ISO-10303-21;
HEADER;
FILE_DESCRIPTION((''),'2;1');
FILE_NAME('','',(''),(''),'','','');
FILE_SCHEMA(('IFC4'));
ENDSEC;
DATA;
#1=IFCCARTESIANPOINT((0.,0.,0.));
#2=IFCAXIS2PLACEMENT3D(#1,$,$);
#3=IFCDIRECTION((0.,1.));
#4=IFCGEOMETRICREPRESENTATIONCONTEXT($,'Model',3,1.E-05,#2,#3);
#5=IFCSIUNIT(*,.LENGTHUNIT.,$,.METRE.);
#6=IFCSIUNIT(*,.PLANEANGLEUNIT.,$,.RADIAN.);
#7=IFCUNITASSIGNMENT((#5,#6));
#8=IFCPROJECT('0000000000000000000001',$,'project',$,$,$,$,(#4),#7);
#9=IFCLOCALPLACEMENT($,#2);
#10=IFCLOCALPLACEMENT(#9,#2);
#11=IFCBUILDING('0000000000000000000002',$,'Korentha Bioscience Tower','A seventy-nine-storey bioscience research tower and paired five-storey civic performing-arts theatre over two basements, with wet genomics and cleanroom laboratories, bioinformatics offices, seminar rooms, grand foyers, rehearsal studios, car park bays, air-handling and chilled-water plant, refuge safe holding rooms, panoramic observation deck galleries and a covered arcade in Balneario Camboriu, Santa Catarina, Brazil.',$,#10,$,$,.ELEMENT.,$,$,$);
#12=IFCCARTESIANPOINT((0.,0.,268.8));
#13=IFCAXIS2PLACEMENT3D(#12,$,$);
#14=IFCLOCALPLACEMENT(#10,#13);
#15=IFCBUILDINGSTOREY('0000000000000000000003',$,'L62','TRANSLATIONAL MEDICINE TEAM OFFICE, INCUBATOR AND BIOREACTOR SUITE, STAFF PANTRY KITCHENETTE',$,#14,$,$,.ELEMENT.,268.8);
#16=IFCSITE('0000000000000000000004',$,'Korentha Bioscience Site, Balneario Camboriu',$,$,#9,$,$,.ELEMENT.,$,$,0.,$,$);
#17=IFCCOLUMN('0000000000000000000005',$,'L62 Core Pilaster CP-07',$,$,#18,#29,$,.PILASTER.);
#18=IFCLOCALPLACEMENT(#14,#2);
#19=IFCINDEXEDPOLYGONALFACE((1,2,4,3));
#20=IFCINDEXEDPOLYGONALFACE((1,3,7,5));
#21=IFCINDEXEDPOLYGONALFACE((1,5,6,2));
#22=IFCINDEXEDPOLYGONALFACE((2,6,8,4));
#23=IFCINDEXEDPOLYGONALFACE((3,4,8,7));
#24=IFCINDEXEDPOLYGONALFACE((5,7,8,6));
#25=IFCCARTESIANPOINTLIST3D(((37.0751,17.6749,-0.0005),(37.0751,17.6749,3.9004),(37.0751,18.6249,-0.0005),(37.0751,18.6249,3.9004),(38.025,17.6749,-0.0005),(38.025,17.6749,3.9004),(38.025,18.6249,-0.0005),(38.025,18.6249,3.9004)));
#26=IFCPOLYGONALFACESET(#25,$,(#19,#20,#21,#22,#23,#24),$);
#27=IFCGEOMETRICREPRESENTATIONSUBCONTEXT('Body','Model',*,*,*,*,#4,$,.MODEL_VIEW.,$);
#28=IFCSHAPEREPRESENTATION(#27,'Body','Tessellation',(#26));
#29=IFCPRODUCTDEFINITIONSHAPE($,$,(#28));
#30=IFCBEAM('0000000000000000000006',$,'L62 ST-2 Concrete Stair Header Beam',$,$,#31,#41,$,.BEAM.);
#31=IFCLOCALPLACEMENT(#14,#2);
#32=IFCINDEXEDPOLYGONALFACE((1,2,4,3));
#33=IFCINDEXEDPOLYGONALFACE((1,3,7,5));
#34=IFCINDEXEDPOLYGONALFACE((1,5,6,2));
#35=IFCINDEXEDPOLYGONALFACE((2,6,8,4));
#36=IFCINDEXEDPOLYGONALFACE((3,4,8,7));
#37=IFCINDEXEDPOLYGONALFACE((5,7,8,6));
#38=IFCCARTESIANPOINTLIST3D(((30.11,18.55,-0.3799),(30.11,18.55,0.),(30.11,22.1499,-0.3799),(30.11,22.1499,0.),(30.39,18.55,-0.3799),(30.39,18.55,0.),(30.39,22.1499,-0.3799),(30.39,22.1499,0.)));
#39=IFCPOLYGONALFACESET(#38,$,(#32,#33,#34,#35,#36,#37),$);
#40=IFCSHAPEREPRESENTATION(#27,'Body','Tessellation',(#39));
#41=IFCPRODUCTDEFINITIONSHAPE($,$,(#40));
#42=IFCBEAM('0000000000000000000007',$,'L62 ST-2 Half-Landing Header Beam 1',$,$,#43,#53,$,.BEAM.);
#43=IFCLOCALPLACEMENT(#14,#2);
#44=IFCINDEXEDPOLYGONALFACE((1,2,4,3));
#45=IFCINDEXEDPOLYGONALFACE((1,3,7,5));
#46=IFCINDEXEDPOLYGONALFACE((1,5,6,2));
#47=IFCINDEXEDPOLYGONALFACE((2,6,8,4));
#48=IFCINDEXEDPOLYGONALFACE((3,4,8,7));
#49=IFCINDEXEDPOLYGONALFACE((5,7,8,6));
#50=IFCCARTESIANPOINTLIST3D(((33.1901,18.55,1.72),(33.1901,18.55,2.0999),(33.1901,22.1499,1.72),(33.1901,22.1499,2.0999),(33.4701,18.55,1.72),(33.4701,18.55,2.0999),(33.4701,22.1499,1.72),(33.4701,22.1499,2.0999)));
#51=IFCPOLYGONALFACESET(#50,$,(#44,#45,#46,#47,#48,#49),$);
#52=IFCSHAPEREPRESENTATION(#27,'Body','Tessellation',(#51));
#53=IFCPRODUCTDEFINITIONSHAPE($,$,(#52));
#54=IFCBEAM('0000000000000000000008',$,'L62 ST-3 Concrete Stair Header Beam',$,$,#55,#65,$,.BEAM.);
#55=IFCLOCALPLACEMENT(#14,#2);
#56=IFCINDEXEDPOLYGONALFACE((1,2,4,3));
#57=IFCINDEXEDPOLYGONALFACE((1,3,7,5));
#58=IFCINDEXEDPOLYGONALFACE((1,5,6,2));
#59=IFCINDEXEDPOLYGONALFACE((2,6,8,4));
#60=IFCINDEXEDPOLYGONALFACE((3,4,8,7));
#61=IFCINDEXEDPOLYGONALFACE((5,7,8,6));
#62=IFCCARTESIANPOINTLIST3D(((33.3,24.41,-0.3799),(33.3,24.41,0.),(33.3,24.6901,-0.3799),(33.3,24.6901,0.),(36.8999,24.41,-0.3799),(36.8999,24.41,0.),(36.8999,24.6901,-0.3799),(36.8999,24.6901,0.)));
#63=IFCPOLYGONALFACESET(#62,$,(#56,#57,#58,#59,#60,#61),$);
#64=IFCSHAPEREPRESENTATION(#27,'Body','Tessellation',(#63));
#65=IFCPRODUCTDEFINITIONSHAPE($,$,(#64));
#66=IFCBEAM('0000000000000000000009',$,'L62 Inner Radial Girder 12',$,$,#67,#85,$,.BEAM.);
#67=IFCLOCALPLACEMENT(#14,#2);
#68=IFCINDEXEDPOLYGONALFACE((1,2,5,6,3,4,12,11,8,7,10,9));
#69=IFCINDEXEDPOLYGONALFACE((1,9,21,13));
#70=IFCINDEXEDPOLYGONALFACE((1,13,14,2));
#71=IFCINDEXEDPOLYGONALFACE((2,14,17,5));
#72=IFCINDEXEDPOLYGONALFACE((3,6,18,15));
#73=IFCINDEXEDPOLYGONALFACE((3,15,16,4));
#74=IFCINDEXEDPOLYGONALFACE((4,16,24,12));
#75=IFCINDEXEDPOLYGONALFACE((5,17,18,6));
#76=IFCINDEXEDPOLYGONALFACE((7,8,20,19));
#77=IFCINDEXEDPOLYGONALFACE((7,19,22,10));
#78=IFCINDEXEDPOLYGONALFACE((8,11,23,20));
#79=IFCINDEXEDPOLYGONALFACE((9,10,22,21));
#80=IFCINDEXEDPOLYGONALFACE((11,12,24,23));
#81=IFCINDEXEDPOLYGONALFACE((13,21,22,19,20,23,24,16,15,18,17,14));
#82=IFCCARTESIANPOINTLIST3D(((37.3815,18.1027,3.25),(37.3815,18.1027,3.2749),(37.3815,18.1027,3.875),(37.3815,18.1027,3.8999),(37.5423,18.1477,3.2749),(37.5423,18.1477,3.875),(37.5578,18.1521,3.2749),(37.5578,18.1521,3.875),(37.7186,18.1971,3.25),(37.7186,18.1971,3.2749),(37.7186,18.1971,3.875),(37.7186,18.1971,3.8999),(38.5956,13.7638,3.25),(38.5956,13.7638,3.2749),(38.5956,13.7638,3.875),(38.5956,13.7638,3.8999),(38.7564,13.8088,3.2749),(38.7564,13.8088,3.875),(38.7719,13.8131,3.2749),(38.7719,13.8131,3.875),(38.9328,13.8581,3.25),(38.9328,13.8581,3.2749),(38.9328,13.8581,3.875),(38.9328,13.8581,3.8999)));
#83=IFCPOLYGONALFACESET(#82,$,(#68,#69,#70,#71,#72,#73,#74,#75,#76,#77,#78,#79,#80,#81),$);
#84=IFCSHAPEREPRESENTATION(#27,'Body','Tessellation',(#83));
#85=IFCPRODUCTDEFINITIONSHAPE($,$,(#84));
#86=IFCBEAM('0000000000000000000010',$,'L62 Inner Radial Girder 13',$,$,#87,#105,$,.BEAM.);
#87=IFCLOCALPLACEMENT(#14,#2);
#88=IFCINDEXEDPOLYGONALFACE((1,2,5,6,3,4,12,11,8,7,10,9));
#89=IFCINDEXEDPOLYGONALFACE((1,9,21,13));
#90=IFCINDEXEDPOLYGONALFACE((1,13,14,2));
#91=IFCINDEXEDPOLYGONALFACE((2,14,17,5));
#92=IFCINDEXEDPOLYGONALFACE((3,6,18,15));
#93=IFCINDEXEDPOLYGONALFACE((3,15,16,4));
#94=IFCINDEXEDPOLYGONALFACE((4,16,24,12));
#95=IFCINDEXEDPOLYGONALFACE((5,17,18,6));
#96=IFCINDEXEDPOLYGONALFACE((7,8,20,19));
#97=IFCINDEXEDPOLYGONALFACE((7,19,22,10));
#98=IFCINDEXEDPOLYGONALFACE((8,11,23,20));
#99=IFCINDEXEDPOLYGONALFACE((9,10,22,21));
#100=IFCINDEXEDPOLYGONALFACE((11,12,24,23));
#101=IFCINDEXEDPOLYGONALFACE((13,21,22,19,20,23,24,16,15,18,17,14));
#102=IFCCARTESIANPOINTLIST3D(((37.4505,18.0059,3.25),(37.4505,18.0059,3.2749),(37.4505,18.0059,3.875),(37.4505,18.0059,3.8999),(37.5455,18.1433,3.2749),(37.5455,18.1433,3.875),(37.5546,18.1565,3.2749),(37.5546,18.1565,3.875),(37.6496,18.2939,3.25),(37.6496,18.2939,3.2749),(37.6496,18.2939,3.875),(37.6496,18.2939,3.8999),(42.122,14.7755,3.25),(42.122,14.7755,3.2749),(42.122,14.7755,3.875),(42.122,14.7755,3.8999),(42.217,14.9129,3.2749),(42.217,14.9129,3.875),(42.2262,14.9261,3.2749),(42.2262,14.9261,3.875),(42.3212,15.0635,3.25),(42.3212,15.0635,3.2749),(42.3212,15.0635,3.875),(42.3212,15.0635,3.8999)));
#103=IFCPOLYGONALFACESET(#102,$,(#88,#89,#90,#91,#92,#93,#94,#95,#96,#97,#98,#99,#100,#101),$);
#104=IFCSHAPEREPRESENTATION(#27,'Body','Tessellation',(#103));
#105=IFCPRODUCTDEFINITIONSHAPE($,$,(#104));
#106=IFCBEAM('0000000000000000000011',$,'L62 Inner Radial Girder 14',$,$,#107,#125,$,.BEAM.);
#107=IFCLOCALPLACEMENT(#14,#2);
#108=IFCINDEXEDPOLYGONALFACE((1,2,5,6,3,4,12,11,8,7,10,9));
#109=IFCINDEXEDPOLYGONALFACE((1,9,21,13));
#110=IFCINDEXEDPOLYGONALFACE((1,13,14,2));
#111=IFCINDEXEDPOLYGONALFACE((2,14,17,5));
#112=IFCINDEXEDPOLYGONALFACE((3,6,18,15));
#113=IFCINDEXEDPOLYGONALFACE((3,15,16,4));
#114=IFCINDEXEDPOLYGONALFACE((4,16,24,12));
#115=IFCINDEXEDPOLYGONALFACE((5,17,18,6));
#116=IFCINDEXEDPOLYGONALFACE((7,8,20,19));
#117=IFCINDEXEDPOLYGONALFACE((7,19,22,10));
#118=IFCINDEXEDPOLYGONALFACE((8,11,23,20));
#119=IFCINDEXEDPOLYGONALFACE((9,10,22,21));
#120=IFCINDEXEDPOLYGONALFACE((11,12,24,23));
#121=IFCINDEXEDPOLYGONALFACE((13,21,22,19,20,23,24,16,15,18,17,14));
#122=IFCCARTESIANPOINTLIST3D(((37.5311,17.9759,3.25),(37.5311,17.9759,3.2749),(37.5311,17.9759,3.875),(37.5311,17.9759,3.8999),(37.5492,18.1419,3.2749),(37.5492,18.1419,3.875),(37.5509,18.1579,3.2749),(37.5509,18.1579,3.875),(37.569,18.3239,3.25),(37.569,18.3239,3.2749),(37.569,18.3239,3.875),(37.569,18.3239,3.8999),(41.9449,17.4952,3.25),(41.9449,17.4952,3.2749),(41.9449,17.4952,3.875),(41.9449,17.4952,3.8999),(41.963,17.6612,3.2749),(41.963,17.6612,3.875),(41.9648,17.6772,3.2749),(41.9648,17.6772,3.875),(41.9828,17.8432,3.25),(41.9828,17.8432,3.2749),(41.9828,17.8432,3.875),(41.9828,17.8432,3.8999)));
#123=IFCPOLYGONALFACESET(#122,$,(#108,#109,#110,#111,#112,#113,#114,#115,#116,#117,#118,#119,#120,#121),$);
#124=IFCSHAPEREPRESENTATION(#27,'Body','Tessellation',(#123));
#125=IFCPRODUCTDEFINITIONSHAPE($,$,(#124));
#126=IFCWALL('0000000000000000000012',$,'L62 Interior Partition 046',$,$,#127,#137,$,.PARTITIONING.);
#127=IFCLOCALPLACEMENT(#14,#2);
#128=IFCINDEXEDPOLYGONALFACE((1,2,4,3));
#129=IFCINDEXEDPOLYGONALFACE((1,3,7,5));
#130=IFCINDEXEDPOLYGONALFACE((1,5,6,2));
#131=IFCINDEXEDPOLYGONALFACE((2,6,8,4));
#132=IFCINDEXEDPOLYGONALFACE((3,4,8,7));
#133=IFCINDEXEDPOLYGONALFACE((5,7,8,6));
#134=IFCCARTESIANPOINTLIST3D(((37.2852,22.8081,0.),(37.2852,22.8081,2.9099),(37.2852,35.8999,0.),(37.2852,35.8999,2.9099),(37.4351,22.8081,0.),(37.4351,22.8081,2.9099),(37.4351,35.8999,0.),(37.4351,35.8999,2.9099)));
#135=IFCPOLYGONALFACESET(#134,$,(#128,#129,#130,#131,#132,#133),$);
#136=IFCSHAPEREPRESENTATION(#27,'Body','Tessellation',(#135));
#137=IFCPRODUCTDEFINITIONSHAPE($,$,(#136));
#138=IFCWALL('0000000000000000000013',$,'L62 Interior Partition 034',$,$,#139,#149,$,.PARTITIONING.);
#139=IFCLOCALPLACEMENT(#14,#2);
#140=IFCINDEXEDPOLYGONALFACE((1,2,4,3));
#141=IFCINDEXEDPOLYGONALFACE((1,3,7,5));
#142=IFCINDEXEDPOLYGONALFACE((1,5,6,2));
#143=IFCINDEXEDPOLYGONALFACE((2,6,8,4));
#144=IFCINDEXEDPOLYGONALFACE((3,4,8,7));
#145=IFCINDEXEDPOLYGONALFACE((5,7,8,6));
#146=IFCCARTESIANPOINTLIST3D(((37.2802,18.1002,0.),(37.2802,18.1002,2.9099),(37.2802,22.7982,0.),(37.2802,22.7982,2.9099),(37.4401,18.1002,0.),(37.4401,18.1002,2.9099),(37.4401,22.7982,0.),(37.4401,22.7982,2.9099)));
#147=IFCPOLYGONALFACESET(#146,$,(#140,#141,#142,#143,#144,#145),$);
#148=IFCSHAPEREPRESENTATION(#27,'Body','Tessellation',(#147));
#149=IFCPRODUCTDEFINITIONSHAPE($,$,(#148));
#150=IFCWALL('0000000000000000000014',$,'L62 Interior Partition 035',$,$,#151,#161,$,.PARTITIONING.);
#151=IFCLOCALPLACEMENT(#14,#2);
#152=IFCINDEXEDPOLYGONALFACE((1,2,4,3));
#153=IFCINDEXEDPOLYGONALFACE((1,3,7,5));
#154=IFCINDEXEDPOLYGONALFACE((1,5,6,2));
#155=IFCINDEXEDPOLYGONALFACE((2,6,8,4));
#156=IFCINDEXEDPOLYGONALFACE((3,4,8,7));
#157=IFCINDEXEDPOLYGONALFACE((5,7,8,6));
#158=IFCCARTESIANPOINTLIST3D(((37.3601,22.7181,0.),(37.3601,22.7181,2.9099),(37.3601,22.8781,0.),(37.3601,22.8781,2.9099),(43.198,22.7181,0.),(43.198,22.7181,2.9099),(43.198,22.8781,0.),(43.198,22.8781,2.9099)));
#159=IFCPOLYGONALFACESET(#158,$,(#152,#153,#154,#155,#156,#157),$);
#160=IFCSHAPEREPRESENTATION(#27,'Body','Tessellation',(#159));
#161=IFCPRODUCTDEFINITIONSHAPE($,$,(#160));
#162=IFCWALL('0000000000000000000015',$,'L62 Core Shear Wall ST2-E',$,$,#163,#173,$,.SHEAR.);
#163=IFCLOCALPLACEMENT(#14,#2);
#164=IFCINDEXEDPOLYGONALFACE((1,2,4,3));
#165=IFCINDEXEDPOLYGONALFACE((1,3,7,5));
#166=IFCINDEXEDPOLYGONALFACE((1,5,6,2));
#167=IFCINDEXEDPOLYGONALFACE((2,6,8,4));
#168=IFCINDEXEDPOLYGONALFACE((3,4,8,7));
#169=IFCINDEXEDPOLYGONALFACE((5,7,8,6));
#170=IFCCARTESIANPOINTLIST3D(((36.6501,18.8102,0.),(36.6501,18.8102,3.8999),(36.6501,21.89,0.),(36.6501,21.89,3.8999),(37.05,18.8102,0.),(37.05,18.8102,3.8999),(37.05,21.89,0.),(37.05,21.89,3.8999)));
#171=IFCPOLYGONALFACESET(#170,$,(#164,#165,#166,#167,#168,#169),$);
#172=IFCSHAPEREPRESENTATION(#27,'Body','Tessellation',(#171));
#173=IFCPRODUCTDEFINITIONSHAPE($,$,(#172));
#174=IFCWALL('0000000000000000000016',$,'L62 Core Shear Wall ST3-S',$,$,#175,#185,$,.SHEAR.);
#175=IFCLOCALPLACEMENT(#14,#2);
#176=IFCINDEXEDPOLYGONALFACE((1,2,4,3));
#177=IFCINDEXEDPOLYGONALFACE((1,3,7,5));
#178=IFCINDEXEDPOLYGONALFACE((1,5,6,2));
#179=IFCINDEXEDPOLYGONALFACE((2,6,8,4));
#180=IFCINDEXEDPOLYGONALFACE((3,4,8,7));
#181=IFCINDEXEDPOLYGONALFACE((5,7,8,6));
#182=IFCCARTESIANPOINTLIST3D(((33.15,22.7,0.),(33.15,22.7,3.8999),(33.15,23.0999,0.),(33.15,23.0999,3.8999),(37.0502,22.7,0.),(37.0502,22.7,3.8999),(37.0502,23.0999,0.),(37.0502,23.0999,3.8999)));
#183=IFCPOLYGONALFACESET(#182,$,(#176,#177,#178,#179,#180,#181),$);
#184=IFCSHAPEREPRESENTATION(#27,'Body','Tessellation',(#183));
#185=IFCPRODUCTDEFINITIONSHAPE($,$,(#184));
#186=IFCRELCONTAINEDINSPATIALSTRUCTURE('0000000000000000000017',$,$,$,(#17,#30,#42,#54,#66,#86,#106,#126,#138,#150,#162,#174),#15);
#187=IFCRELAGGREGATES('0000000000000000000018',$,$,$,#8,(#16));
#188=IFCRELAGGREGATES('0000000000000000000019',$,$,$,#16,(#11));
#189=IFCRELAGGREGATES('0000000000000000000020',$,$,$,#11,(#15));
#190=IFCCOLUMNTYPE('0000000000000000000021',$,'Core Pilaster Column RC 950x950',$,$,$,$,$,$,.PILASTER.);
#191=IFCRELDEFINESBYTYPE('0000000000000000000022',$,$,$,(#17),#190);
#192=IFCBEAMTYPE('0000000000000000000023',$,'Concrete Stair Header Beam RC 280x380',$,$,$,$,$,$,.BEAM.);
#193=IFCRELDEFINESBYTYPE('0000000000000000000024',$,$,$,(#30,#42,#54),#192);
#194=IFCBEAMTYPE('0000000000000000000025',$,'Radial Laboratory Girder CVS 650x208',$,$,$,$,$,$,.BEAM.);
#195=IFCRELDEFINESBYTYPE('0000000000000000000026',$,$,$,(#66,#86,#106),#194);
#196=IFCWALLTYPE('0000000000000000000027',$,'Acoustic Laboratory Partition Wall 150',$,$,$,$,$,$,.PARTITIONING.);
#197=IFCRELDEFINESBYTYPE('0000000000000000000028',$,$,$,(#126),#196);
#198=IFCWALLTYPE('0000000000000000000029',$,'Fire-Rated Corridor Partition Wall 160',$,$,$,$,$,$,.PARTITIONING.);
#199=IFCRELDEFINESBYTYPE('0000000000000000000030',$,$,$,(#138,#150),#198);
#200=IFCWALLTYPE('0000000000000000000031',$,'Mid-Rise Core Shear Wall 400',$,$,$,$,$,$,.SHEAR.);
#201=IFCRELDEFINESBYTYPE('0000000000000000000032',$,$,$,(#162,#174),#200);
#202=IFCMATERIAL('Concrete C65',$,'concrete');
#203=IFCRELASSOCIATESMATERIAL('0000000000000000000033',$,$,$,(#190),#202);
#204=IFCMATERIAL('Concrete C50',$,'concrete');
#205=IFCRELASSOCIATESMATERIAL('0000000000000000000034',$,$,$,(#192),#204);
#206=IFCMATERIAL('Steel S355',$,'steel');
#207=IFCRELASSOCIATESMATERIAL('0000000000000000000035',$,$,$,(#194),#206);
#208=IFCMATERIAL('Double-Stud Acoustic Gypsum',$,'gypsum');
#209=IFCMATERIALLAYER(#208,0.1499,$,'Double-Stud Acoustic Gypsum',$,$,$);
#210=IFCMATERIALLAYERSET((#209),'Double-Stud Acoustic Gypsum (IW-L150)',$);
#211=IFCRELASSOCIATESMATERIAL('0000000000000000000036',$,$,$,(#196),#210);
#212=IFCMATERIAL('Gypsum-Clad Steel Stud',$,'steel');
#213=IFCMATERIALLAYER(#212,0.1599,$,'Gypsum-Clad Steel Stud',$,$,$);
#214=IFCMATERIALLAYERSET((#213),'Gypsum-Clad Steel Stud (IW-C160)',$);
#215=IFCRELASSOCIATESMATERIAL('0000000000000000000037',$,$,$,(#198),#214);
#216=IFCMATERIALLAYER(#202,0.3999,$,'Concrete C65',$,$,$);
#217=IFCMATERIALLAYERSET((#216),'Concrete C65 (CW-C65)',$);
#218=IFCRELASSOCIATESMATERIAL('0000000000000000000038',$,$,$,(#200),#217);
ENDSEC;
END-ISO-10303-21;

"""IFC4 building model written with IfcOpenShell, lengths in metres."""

from ifc_helpers import new_model, si_unit, direction, frame, frame_2d, origin, origin_2d, place, context, subcontext, project, spatial, rectangle, i_section, extrude, material, layer, layer_set, material_profile, profile_set, type_object, element, save


model = new_model("IFC4")

# Units and contexts
model_context = context("Model", 3, precision=1e-05, world=origin(), true_north=direction((0.0, 1.0)))
body_context = subcontext(model_context, "Body", "Model", "MODEL_VIEW")
ifc_project = project(units=[si_unit("LENGTHUNIT", "METRE"), si_unit("PLANEANGLEUNIT", "RADIAN")], contexts=[model_context])

# Site, building, storey
site_placement = place(None, origin())
site = spatial("IfcSite", under=ifc_project, at=site_placement, Name="Korentha Bioscience Site, Balneario Camboriu", CompositionType="ELEMENT", RefElevation=0.0)
building_placement = place(site_placement, origin())
building = spatial("IfcBuilding", under=site, at=building_placement, Name="Korentha Bioscience Tower", Description="A seventy-nine-storey bioscience research tower and paired five-storey civic performing-arts theatre over two basements, with wet genomics and cleanroom laboratories, bioinformatics offices, seminar rooms, grand foyers, rehearsal studios, car park bays, air-handling and chilled-water plant, refuge safe holding rooms, panoramic observation deck galleries and a covered arcade in Balneario Camboriu, Santa Catarina, Brazil.", CompositionType="ELEMENT")
storey_placement = place(building_placement, frame((0.0, 0.0, 268.8)))
storey = spatial("IfcBuildingStorey", under=building, at=storey_placement, Name="L62", Description="TRANSLATIONAL MEDICINE TEAM OFFICE, INCUBATOR AND BIOREACTOR SUITE, STAFF PANTRY KITCHENETTE", CompositionType="ELEMENT", Elevation=268.8)

# Column
ifc_material_1 = material(Name="Concrete C65", Category="concrete")
ifc_material_profile_1 = material_profile(ifc_material_1, rectangle(XDim=0.95, YDim=0.95, at=origin_2d()), Name="Concrete C65")
ifc_profile_set_1 = profile_set([ifc_material_profile_1], Name="Concrete C65 (COL-CP09)")
column_type = type_object("IfcColumnType", Name="Core Pilaster Column RC 950x950", PredefinedType="PILASTER", material=ifc_profile_set_1)
column_placement = place(storey_placement, frame((37.55, 18.1499, -0.0005), z_axis=(0.0, 0.0, 1.0), x_axis=(1.0, 0.0, 0.0)))
element("IfcColumn", 1, at=column_placement, inside=storey, type_object=column_type, Name="L62 Core Pilaster CP-07", PredefinedType="PILASTER", context=body_context, shape_type="SweptSolid", body=[
    extrude(rectangle(XDim=0.95, YDim=0.95, at=origin_2d()), origin(), (0.0, 0.0, 1.0), 3.9009),
])

# Beams
ifc_material_2 = material(Name="Concrete C50", Category="concrete")
ifc_material_profile_2 = material_profile(ifc_material_2, rectangle(XDim=0.28, YDim=0.3799, at=origin_2d()), Name="Concrete C50")
ifc_profile_set_2 = profile_set([ifc_material_profile_2], Name="Concrete C50 (ST-HB380)")
beam_type_1 = type_object("IfcBeamType", Name="Concrete Stair Header Beam RC 280x380", PredefinedType="BEAM", material=ifc_profile_set_2)
for number, where, z_axis, x_axis, name in (
    (2, (30.25, 18.55, -0.1899), (0.0, 1.0, 0.0), (-1.0, 0.0, 0.0), "L62 ST-2 Concrete Stair Header Beam"),
    (3, (33.3301, 18.55, 1.9099), (0.0, 1.0, 0.0), (-1.0, 0.0, 0.0), "L62 ST-2 Half-Landing Header Beam 1"),
    (4, (36.8999, 24.55, -0.1899), (-1.0, 0.0, 0.0), (0.0, -1.0, 0.0), "L62 ST-3 Concrete Stair Header Beam"),
):
    element("IfcBeam", number, at=place(storey_placement, frame(where, z_axis=z_axis, x_axis=x_axis)), inside=storey, type_object=beam_type_1, Name=name, PredefinedType="BEAM", context=body_context, shape_type="SweptSolid", body=[
        extrude(rectangle(XDim=0.28, YDim=0.3799, at=origin_2d()), origin(), (0.0, 0.0, 1.0), 3.5999),
    ])
ifc_material_3 = material(Name="Steel S355", Category="steel")
ifc_material_profile_3 = material_profile(ifc_material_3, i_section(OverallWidth=0.3501, OverallDepth=0.6499, WebThickness=0.0161, FlangeThickness=0.0249, at=origin_2d()), Name="Steel S355")
ifc_profile_set_3 = profile_set([ifc_material_profile_3], Name="Steel S355 (RB-650)")
beam_type_2 = type_object("IfcBeamType", Name="Radial Laboratory Girder CVS 650x208", PredefinedType="BEAM", material=ifc_profile_set_3)
beam_1_placement = place(storey_placement, frame((37.55, 18.1499, 3.575), z_axis=(0.269471, -0.963008, 0.0), x_axis=(0.963008, 0.269471, 0.0)))
element("IfcBeam", 5, at=beam_1_placement, inside=storey, type_object=beam_type_2, Name="L62 Inner Radial Girder 12", PredefinedType="BEAM", context=body_context, shape_type="SweptSolid", body=[
    extrude(i_section(OverallWidth=0.3501, OverallDepth=0.6499, WebThickness=0.0161, FlangeThickness=0.0249, at=origin_2d()), origin(), (0.0, 0.0, 1.0), 4.5056),
])
beam_2_placement = place(storey_placement, frame((37.55, 18.1499, 3.575), z_axis=(0.8225, -0.568765, 0.0), x_axis=(0.568765, 0.8225, 0.0)))
element("IfcBeam", 6, at=beam_2_placement, inside=storey, type_object=beam_type_2, Name="L62 Inner Radial Girder 13", PredefinedType="BEAM", context=body_context, shape_type="SweptSolid", body=[
    extrude(i_section(OverallWidth=0.3501, OverallDepth=0.6499, WebThickness=0.0161, FlangeThickness=0.0249, at=origin_2d()), origin(), (0.0, 0.0, 1.0), 5.6797),
])
beam_3_placement = place(storey_placement, frame((37.55, 18.1499, 3.575), z_axis=(0.994121, -0.108271, 0.0), x_axis=(0.108271, 0.994121, 0.0)))
element("IfcBeam", 7, at=beam_3_placement, inside=storey, type_object=beam_type_2, Name="L62 Inner Radial Girder 14", PredefinedType="BEAM", context=body_context, shape_type="SweptSolid", body=[
    extrude(i_section(OverallWidth=0.3501, OverallDepth=0.6499, WebThickness=0.0161, FlangeThickness=0.0249, at=origin_2d()), origin(), (0.0, 0.0, 1.0), 4.4399),
])

# Walls
ifc_material_4 = material(Name="Double-Stud Acoustic Gypsum", Category="gypsum")
ifc_layer_1 = layer(ifc_material_4, 0.1499, Name="Double-Stud Acoustic Gypsum")
ifc_layer_set_1 = layer_set([ifc_layer_1], Name="Double-Stud Acoustic Gypsum (IW-L150)")
wall_type_1 = type_object("IfcWallType", Name="Acoustic Laboratory Partition Wall 150", PredefinedType="PARTITIONING", material=ifc_layer_set_1)
wall_1_placement = place(storey_placement, frame((37.3601, 22.8081, 0.0), z_axis=(0.0, 0.0, 1.0), x_axis=(0.0, 1.0, 0.0)))
element("IfcWall", 8, at=wall_1_placement, inside=storey, type_object=wall_type_1, Name="L62 Interior Partition 046", PredefinedType="PARTITIONING", context=body_context, shape_type="SweptSolid", body=[
    extrude(rectangle(XDim=13.0918, YDim=0.1499, at=frame_2d((6.5459, 0.0))), origin(), (0.0, 0.0, 1.0), 2.9099),
])
ifc_material_5 = material(Name="Gypsum-Clad Steel Stud", Category="steel")
ifc_layer_2 = layer(ifc_material_5, 0.1599, Name="Gypsum-Clad Steel Stud")
ifc_layer_set_2 = layer_set([ifc_layer_2], Name="Gypsum-Clad Steel Stud (IW-C160)")
wall_type_2 = type_object("IfcWallType", Name="Fire-Rated Corridor Partition Wall 160", PredefinedType="PARTITIONING", material=ifc_layer_set_2)
wall_2_placement = place(storey_placement, frame((37.3601, 18.1001, 0.0), z_axis=(0.0, 0.0, 1.0), x_axis=(0.0, 1.0, 0.0)))
element("IfcWall", 9, at=wall_2_placement, inside=storey, type_object=wall_type_2, Name="L62 Interior Partition 034", PredefinedType="PARTITIONING", context=body_context, shape_type="SweptSolid", body=[
    extrude(rectangle(XDim=4.698, YDim=0.1599, at=frame_2d((2.3491, 0.0))), origin(), (0.0, 0.0, 1.0), 2.9099),
])
wall_3_placement = place(storey_placement, frame((37.3601, 22.7981, 0.0), z_axis=(0.0, 0.0, 1.0), x_axis=(1.0, 0.0, 0.0)))
element("IfcWall", 10, at=wall_3_placement, inside=storey, type_object=wall_type_2, Name="L62 Interior Partition 035", PredefinedType="PARTITIONING", context=body_context, shape_type="SweptSolid", body=[
    extrude(rectangle(XDim=5.8379, YDim=0.1599, at=frame_2d((2.9189, 0.0))), origin(), (0.0, 0.0, 1.0), 2.9099),
])
ifc_layer_3 = layer(ifc_material_1, 0.3999, Name="Concrete C65")
ifc_layer_set_3 = layer_set([ifc_layer_3], Name="Concrete C65 (CW-C65)")
wall_type_3 = type_object("IfcWallType", Name="Mid-Rise Core Shear Wall 400", PredefinedType="SHEAR", material=ifc_layer_set_3)
wall_4_placement = place(storey_placement, frame((36.8501, 18.8101, 0.0), z_axis=(0.0, 0.0, 1.0), x_axis=(0.0, 1.0, 0.0)))
element("IfcWall", 11, at=wall_4_placement, inside=storey, type_object=wall_type_3, Name="L62 Core Shear Wall ST2-E", PredefinedType="SHEAR", context=body_context, shape_type="SweptSolid", body=[
    extrude(rectangle(XDim=3.0798, YDim=0.3999, at=frame_2d((1.54, 0.0))), origin(), (0.0, 0.0, 1.0), 3.8999),
])
wall_5_placement = place(storey_placement, frame((33.1499, 22.8999, 0.0), z_axis=(0.0, 0.0, 1.0), x_axis=(1.0, 0.0, 0.0)))
element("IfcWall", 12, at=wall_5_placement, inside=storey, type_object=wall_type_3, Name="L62 Core Shear Wall ST3-S", PredefinedType="SHEAR", context=body_context, shape_type="SweptSolid", body=[
    extrude(rectangle(XDim=3.9001, YDim=0.3999, at=frame_2d((1.9502, 0.0))), origin(), (0.0, 0.0, 1.0), 3.8999),
])

save(model, "model.ifc")
